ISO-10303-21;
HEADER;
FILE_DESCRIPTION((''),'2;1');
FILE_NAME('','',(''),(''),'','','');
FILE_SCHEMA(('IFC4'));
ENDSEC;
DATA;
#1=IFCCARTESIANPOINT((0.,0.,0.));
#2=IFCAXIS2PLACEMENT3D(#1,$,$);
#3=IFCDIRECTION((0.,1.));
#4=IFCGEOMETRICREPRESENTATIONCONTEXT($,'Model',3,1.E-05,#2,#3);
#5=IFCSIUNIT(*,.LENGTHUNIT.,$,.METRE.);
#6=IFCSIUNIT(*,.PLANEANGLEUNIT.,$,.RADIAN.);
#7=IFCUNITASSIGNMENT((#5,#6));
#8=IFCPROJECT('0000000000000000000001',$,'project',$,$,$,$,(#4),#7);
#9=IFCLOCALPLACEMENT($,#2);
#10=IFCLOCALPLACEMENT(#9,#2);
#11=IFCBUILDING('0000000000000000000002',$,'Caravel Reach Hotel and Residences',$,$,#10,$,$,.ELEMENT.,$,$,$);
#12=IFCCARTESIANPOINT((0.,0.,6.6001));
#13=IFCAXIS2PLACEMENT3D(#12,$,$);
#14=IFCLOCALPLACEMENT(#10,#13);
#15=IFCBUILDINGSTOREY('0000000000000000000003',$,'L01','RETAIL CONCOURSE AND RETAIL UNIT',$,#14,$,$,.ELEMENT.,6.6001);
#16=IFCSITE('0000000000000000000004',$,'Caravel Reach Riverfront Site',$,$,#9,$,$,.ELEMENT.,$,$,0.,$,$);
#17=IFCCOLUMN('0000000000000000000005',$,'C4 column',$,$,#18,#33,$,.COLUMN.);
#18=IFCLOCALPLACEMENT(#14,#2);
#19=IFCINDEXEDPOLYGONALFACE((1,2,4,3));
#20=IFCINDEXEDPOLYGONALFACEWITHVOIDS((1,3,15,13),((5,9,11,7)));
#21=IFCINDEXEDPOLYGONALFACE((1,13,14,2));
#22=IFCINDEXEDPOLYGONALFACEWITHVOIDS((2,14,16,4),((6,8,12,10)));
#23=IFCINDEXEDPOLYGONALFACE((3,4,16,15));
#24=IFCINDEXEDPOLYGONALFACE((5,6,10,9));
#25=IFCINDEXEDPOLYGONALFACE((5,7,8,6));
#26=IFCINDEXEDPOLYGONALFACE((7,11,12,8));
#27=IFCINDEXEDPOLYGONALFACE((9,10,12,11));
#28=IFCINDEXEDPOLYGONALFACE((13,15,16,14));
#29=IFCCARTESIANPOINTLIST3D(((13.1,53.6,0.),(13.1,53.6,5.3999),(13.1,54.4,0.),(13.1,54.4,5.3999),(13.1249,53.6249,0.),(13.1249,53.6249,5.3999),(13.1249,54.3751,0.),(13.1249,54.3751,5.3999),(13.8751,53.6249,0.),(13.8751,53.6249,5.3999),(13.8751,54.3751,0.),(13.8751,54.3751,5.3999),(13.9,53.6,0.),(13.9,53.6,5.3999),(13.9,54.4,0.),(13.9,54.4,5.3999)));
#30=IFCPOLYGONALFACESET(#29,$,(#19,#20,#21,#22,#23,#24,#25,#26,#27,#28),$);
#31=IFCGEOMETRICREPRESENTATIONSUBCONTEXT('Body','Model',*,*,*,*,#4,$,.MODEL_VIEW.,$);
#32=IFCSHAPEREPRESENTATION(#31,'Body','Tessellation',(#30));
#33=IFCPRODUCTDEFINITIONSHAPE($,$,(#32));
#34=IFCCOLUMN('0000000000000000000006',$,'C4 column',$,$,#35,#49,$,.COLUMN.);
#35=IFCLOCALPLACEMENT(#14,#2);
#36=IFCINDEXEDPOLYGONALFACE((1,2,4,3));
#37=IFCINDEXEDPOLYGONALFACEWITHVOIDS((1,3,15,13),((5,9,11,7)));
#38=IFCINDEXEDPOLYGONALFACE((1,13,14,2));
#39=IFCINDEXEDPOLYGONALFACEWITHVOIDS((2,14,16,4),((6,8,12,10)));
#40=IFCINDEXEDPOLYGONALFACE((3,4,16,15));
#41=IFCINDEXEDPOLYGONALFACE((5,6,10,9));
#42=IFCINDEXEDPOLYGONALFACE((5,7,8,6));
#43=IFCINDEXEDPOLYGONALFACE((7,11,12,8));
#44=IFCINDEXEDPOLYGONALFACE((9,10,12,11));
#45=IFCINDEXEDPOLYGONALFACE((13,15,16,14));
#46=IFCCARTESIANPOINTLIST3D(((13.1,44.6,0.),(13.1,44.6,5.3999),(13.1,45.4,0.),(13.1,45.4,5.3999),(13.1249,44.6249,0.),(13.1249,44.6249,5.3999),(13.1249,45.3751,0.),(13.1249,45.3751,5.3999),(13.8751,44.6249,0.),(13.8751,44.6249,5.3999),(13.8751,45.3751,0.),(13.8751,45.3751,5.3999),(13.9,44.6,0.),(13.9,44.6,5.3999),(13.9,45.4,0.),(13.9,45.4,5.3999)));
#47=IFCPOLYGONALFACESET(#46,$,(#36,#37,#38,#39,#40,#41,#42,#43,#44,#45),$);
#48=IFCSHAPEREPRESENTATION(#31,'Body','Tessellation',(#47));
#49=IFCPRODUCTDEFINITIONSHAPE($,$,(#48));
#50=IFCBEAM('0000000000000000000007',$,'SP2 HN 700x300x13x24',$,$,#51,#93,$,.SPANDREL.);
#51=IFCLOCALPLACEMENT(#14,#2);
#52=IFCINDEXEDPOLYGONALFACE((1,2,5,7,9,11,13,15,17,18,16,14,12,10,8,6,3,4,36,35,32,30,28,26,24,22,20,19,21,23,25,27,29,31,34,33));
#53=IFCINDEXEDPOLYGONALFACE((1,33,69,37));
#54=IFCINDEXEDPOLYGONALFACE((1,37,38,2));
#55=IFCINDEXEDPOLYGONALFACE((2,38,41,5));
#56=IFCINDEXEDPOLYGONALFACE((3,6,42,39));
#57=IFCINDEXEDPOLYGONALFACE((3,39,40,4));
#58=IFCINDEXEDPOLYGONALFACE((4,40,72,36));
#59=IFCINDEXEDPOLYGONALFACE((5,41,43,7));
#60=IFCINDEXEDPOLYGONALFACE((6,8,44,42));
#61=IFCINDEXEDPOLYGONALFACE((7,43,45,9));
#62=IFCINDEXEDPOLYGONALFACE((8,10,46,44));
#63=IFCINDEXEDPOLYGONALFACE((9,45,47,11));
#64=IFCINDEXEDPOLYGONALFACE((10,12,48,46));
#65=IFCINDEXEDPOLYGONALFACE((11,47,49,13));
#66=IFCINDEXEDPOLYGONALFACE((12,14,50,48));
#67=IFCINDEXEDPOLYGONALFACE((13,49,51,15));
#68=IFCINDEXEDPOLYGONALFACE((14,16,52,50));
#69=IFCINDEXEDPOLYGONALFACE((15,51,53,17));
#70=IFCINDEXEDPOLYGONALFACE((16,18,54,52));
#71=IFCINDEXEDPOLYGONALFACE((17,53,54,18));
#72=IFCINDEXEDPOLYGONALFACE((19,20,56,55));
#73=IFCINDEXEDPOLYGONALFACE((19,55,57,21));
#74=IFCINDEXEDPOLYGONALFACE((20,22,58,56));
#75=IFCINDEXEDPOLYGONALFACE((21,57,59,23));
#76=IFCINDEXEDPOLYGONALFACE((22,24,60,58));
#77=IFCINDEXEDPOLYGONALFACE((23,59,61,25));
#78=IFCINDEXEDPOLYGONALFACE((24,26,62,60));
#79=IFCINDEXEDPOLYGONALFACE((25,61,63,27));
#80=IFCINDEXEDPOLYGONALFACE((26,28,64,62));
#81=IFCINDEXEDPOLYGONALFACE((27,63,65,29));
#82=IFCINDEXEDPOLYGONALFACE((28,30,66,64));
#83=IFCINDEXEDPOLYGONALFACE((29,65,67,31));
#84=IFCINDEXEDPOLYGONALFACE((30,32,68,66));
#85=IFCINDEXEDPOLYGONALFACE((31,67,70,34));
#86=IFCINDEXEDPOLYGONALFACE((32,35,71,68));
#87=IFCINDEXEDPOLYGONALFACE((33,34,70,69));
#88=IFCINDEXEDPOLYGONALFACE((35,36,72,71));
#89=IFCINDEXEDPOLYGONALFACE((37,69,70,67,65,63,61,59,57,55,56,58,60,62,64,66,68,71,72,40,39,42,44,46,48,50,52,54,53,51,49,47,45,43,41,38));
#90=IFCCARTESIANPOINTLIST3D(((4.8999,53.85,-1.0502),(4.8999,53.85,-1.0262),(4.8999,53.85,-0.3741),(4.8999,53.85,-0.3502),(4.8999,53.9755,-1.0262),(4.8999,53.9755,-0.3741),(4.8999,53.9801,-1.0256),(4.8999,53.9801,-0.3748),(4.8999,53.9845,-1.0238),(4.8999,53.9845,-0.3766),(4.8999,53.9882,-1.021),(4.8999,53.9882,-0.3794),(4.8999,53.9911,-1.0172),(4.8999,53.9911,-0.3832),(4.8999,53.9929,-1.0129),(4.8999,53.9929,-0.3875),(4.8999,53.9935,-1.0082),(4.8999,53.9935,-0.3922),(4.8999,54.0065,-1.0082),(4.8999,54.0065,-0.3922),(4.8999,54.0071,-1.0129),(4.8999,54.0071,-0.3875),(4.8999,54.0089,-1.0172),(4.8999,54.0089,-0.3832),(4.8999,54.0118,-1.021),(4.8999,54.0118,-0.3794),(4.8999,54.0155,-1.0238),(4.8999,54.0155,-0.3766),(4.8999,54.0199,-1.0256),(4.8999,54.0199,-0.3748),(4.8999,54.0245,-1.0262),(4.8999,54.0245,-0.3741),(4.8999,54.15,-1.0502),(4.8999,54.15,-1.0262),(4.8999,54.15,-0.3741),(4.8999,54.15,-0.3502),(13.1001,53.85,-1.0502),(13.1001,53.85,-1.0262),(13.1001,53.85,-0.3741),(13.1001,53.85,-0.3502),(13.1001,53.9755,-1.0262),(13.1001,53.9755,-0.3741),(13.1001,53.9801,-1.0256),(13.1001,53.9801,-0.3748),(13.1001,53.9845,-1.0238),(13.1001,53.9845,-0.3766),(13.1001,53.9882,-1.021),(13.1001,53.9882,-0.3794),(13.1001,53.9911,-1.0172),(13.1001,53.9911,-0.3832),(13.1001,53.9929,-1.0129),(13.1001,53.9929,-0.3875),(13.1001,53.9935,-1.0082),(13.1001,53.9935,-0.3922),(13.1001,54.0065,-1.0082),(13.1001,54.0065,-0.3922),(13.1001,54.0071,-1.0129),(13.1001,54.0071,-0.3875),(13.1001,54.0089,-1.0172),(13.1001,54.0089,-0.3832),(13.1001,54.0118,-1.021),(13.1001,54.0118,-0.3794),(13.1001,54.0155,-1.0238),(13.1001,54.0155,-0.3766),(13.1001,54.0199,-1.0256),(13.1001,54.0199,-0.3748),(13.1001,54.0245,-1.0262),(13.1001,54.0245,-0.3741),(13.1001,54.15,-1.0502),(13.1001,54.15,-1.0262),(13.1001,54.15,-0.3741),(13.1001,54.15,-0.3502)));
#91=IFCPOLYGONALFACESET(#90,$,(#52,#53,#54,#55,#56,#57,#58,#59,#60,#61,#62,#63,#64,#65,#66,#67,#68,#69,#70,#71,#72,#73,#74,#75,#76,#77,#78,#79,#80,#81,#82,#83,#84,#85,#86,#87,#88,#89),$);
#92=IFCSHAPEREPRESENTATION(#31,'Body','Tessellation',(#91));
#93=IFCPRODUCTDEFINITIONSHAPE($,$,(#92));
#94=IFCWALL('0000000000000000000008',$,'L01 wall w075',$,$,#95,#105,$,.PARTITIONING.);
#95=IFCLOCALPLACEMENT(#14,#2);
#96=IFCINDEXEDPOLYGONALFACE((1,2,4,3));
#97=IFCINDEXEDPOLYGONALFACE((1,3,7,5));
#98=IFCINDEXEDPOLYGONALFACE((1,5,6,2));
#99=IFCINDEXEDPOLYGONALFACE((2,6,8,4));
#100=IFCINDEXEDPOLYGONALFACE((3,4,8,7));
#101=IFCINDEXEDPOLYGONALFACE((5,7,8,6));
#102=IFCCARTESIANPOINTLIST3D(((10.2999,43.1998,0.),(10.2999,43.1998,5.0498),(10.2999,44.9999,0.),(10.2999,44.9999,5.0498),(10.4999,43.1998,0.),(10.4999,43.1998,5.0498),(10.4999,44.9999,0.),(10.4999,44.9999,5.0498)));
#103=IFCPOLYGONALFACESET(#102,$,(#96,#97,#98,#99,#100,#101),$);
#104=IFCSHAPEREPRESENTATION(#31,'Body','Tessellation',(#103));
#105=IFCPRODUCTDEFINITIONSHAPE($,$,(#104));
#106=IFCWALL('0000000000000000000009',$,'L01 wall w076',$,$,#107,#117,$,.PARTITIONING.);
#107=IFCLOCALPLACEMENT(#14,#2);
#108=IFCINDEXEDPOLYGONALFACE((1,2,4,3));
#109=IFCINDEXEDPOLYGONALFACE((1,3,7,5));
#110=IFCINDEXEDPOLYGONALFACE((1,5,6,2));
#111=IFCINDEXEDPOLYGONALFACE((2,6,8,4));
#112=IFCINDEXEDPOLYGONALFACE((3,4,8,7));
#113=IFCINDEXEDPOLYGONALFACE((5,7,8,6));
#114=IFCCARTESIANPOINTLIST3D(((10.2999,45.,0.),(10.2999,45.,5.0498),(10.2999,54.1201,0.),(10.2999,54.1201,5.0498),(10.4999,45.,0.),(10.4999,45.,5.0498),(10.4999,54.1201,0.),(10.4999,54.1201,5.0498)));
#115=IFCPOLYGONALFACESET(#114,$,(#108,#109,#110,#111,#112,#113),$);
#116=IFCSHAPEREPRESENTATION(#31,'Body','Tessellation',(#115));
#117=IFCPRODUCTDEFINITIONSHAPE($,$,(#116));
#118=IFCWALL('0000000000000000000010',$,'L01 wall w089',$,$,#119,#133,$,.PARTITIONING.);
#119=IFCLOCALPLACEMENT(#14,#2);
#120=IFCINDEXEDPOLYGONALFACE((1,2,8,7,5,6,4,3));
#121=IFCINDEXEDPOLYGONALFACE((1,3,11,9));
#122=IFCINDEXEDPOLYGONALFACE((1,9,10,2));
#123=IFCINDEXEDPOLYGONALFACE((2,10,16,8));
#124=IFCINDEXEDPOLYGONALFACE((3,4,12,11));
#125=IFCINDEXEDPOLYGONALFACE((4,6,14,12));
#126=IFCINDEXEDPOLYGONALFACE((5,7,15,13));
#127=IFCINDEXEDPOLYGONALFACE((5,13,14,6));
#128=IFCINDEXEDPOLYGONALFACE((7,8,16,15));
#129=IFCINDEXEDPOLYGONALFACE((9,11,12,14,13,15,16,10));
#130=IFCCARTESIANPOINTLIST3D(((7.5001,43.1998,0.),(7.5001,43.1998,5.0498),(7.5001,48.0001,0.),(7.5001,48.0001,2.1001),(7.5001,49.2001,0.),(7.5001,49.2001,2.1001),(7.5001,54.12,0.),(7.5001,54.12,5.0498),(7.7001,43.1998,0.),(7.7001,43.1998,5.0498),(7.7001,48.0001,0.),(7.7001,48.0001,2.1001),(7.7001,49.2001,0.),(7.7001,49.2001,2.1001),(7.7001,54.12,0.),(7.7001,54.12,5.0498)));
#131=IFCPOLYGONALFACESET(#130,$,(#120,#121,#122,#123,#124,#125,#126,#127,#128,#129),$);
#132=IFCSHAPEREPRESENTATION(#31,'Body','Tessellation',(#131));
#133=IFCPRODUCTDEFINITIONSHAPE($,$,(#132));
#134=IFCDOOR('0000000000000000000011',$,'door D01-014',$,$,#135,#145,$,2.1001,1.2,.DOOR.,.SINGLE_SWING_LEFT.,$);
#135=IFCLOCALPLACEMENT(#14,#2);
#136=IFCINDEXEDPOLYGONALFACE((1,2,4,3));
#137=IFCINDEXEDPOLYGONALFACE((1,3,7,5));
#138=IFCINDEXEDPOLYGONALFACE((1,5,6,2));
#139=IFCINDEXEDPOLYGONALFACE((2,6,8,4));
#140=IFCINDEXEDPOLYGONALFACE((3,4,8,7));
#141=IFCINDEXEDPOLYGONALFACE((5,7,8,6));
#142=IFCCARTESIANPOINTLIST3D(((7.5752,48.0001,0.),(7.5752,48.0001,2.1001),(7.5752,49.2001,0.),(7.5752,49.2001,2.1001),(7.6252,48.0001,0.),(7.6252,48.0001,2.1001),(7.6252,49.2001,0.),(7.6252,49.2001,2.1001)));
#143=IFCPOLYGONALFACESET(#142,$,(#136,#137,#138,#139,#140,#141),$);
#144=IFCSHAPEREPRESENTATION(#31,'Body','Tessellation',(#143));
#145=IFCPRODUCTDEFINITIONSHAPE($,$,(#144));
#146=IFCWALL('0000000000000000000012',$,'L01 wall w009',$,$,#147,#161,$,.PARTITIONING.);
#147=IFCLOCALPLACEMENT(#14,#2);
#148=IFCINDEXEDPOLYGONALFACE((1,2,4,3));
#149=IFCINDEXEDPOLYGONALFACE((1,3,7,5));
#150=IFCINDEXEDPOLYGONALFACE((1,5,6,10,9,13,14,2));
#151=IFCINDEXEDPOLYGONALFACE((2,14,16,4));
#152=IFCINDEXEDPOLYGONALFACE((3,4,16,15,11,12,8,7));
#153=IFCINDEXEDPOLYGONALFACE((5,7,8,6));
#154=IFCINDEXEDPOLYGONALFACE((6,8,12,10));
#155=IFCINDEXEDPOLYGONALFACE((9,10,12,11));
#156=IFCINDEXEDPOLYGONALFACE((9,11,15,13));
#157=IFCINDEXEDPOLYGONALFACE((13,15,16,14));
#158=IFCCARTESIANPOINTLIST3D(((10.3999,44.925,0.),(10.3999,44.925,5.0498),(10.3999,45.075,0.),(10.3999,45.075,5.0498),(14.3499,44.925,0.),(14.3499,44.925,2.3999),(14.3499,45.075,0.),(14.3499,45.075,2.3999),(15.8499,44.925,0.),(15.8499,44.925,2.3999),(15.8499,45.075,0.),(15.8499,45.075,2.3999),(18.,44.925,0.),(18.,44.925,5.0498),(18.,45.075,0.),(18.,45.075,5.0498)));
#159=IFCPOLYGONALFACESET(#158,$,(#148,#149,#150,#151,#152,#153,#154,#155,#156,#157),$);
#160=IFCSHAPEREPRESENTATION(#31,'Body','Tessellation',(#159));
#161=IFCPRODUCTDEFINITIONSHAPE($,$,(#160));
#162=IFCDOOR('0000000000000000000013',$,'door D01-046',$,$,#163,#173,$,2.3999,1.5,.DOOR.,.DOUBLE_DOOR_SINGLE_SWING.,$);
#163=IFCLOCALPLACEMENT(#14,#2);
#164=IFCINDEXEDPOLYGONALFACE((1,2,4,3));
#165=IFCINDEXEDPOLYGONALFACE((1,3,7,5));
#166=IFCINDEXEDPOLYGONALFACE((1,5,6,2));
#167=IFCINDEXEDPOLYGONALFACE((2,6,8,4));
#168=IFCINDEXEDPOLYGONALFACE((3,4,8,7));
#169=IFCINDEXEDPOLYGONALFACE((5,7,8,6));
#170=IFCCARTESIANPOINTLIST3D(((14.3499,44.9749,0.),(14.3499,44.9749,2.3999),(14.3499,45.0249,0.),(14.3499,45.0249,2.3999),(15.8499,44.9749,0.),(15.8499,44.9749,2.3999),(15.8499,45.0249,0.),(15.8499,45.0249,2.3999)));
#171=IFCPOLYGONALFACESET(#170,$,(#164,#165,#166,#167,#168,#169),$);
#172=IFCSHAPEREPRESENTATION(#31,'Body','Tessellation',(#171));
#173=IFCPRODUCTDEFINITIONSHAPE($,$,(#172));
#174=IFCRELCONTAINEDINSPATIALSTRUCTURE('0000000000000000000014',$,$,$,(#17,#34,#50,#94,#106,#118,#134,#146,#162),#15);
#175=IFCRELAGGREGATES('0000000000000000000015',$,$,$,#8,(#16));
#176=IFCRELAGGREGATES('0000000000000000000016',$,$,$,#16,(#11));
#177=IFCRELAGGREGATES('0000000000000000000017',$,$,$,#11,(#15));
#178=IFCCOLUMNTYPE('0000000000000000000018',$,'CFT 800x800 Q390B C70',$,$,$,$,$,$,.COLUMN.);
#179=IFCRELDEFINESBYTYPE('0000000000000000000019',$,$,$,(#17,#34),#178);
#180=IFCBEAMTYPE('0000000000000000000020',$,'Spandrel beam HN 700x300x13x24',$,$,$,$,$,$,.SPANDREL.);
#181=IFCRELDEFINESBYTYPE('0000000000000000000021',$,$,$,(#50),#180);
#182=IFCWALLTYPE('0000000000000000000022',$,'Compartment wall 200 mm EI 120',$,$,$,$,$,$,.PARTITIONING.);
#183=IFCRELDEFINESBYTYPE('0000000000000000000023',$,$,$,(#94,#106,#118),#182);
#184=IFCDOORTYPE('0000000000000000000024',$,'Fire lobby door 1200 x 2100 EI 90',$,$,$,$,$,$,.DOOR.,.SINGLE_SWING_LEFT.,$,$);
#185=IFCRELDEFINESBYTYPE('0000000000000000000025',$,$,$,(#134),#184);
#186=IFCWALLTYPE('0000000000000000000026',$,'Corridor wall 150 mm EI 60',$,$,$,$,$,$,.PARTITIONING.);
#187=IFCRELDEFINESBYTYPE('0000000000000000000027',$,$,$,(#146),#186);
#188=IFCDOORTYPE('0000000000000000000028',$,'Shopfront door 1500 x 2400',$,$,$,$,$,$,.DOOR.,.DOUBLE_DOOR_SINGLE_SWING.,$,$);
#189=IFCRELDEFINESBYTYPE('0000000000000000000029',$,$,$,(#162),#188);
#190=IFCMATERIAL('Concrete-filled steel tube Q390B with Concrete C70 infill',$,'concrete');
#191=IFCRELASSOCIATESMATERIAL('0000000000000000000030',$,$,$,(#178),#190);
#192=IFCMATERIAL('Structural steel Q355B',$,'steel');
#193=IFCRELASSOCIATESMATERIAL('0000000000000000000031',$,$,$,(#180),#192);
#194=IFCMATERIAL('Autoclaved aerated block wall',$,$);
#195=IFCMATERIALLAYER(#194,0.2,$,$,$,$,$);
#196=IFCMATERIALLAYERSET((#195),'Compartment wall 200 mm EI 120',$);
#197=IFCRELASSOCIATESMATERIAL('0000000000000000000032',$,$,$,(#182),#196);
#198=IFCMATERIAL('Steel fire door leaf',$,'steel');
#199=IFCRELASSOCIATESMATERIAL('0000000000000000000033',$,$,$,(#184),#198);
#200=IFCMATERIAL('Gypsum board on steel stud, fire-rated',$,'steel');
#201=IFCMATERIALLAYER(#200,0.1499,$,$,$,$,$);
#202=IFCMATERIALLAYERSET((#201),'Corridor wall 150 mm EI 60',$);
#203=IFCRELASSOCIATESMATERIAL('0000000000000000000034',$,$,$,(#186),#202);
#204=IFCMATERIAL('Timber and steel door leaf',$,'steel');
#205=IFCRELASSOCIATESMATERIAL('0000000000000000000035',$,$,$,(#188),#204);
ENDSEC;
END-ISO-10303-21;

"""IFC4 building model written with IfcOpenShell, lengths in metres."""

from ifc_helpers import new_model, si_unit, direction, frame, frame_2d, origin, origin_2d, place, context, subcontext, project, spatial, rectangle, hollow_rectangle, i_section, extrude, material, layer, layer_set, material_profile, profile_set, type_object, element, fill, save


model = new_model("IFC4")

# Units and contexts
model_context = context("Model", 3, precision=1e-05, world=origin(), true_north=direction((0.0, 1.0)))
body_context = subcontext(model_context, "Body", "Model", "MODEL_VIEW")
ifc_project = project(units=[si_unit("LENGTHUNIT", "METRE"), si_unit("PLANEANGLEUNIT", "RADIAN")], contexts=[model_context])

# Site, building, storey
site_placement = place(None, origin())
site = spatial("IfcSite", under=ifc_project, at=site_placement, Name="Caravel Reach Riverfront Site", CompositionType="ELEMENT", RefElevation=0.0)
building_placement = place(site_placement, origin())
building = spatial("IfcBuilding", under=site, at=building_placement, Name="Caravel Reach Hotel and Residences", CompositionType="ELEMENT")
storey_placement = place(building_placement, frame((0.0, 0.0, 6.6001)))
storey = spatial("IfcBuildingStorey", under=building, at=storey_placement, Name="L01", Description="RETAIL CONCOURSE AND RETAIL UNIT", CompositionType="ELEMENT", Elevation=6.6001)

# Columns
ifc_material_1 = material(Name="Concrete-filled steel tube Q390B with Concrete C70 infill", Category="concrete")
ifc_material_profile_1 = material_profile(ifc_material_1, hollow_rectangle(XDim=0.8, YDim=0.8, WallThickness=0.0249, at=origin_2d()), Name="RHS 800x800x25")
ifc_profile_set_1 = profile_set([ifc_material_profile_1], Name="Concrete-filled steel tube Q390B with Concrete C70 infill")
column_type = type_object("IfcColumnType", Name="CFT 800x800 Q390B C70", PredefinedType="COLUMN", material=ifc_profile_set_1)
for number, where, z_axis, x_axis, name in (
    (1, (13.5, 54.0, 0.0), (0.0, 0.0, 1.0), (1.0, 0.0, 0.0), "C4 column"),
    (2, (13.5, 45.0, 0.0), (0.0, 0.0, 1.0), (1.0, 0.0, 0.0), "C4 column"),
):
    element("IfcColumn", number, at=place(storey_placement, frame(where, z_axis=z_axis, x_axis=x_axis)), inside=storey, type_object=column_type, Name=name, PredefinedType="COLUMN", context=body_context, shape_type="SweptSolid", body=[
        extrude(hollow_rectangle(XDim=0.8, YDim=0.8, WallThickness=0.0249, at=origin_2d()), origin(), (0.0, 0.0, 1.0), 5.3999),
    ])

# Beam
ifc_material_2 = material(Name="Structural steel Q355B", Category="steel")
ifc_material_profile_2 = material_profile(ifc_material_2, i_section(OverallWidth=0.3, OverallDepth=0.7, WebThickness=0.0129, FlangeThickness=0.0239, FilletRadius=0.0181, at=origin_2d()), Name="HN 700x300x13x24")
ifc_profile_set_2 = profile_set([ifc_material_profile_2], Name="Structural steel Q355B")
beam_type = type_object("IfcBeamType", Name="Spandrel beam HN 700x300x13x24", PredefinedType="SPANDREL", material=ifc_profile_set_2)
beam_placement = place(storey_placement, frame((13.1001, 54.0, -0.7002), z_axis=(-1.0, 0.0, 0.0), x_axis=(0.0, -1.0, 0.0)))
element("IfcBeam", 3, at=beam_placement, inside=storey, type_object=beam_type, Name="SP2 HN 700x300x13x24", PredefinedType="SPANDREL", context=body_context, shape_type="SweptSolid", body=[
    extrude(i_section(OverallWidth=0.3, OverallDepth=0.7, WebThickness=0.0129, FlangeThickness=0.0239, FilletRadius=0.0181, at=origin_2d()), origin(), (0.0, 0.0, 1.0), 8.2002),
])

# Walls
ifc_material_3 = material(Name="Autoclaved aerated block wall")
ifc_layer_1 = layer(ifc_material_3, 0.2)
ifc_layer_set_1 = layer_set([ifc_layer_1], Name="Compartment wall 200 mm EI 120")
wall_type_1 = type_object("IfcWallType", Name="Compartment wall 200 mm EI 120", PredefinedType="PARTITIONING", material=ifc_layer_set_1)
wall_1_placement = place(storey_placement, frame((10.3999, 43.2, 0.0), z_axis=(0.0, 0.0, 1.0), x_axis=(0.0, 1.0, 0.0)))
element("IfcWall", 4, at=wall_1_placement, inside=storey, type_object=wall_type_1, Name="L01 wall w075", PredefinedType="PARTITIONING", context=body_context, shape_type="SweptSolid", body=[
    extrude(rectangle(XDim=1.8, YDim=0.2, at=frame_2d((0.8999, 0.0))), origin(), (0.0, 0.0, 1.0), 5.0498),
])
wall_2_placement = place(storey_placement, frame((10.3999, 45.0, 0.0), z_axis=(0.0, 0.0, 1.0), x_axis=(0.0, 1.0, 0.0)))
element("IfcWall", 5, at=wall_2_placement, inside=storey, type_object=wall_type_1, Name="L01 wall w076", PredefinedType="PARTITIONING", context=body_context, shape_type="SweptSolid", body=[
    extrude(rectangle(XDim=9.1201, YDim=0.2, at=frame_2d((4.5601, 0.0))), origin(), (0.0, 0.0, 1.0), 5.0498),
])

# Walls, openings, doors
wall_3_placement = place(storey_placement, frame((7.6001, 43.2, 0.0), z_axis=(0.0, 0.0, 1.0), x_axis=(0.0, 1.0, 0.0)))
wall_3 = element("IfcWall", 6, at=wall_3_placement, inside=storey, type_object=wall_type_1, Name="L01 wall w089", PredefinedType="PARTITIONING", context=body_context, shape_type="SweptSolid", body=[
    extrude(rectangle(XDim=10.9202, YDim=0.2, at=frame_2d((5.46, 0.0))), origin(), (0.0, 0.0, 1.0), 5.0498),
])
opening_1_placement = place(wall_3_placement, frame((4.8, 0.0, 0.0)))
opening_1 = element("IfcOpeningElement", 7, at=opening_1_placement, cuts=wall_3, PredefinedType="OPENING", context=body_context, shape_type="SweptSolid", body=[
    extrude(rectangle(XDim=1.2, YDim=2.1001, at=frame_2d((0.6001, 1.05))), frame((0.0, 0.1099, 0.0), z_axis=(0.0, -1.0, 0.0), x_axis=(1.0, 0.0, 0.0)), (0.0, 0.0, 1.0), 0.22),
])
ifc_material_4 = material(Name="Steel fire door leaf", Category="steel")
door_type_1 = type_object("IfcDoorType", Name="Fire lobby door 1200 x 2100 EI 90", OperationType="SINGLE_SWING_LEFT", PredefinedType="DOOR", material=ifc_material_4)
door_1_placement = place(opening_1_placement, origin())
door_1 = element("IfcDoor", 8, at=door_1_placement, inside=storey, type_object=door_type_1, Name="door D01-014", OperationType="SINGLE_SWING_LEFT", OverallHeight=2.1001, OverallWidth=1.2, PredefinedType="DOOR", context=body_context, shape_type="SweptSolid", body=[
    extrude(rectangle(XDim=1.2, YDim=2.1001, at=frame_2d((0.6001, 1.05))), frame((0.0, 0.0249, 0.0), z_axis=(0.0, -1.0, 0.0), x_axis=(1.0, 0.0, 0.0)), (0.0, 0.0, 1.0), 0.05),
])
fill(opening_1, door_1)
ifc_material_5 = material(Name="Gypsum board on steel stud, fire-rated", Category="steel")
ifc_layer_2 = layer(ifc_material_5, 0.1499)
ifc_layer_set_2 = layer_set([ifc_layer_2], Name="Corridor wall 150 mm EI 60")
wall_type_2 = type_object("IfcWallType", Name="Corridor wall 150 mm EI 60", PredefinedType="PARTITIONING", material=ifc_layer_set_2)
wall_4_placement = place(storey_placement, frame((10.3999, 45.0, 0.0), z_axis=(0.0, 0.0, 1.0), x_axis=(1.0, 0.0, 0.0)))
wall_4 = element("IfcWall", 9, at=wall_4_placement, inside=storey, type_object=wall_type_2, Name="L01 wall w009", PredefinedType="PARTITIONING", context=body_context, shape_type="SweptSolid", body=[
    extrude(rectangle(XDim=7.6001, YDim=0.1499, at=frame_2d((3.8, 0.0))), origin(), (0.0, 0.0, 1.0), 5.0498),
])
opening_2_placement = place(wall_4_placement, frame((3.95, 0.0, 0.0)))
opening_2 = element("IfcOpeningElement", 10, at=opening_2_placement, cuts=wall_4, PredefinedType="OPENING", context=body_context, shape_type="SweptSolid", body=[
    extrude(rectangle(XDim=1.5, YDim=2.3999, at=frame_2d((0.75, 1.2))), frame((0.0, 0.085, 0.0), z_axis=(0.0, -1.0, 0.0), x_axis=(1.0, 0.0, 0.0)), (0.0, 0.0, 1.0), 0.1699),
])
ifc_material_6 = material(Name="Timber and steel door leaf", Category="steel")
door_type_2 = type_object("IfcDoorType", Name="Shopfront door 1500 x 2400", OperationType="DOUBLE_DOOR_SINGLE_SWING", PredefinedType="DOOR", material=ifc_material_6)
door_2_placement = place(opening_2_placement, origin())
door_2 = element("IfcDoor", 11, at=door_2_placement, inside=storey, type_object=door_type_2, Name="door D01-046", OperationType="DOUBLE_DOOR_SINGLE_SWING", OverallHeight=2.3999, OverallWidth=1.5, PredefinedType="DOOR", context=body_context, shape_type="SweptSolid", body=[
    extrude(rectangle(XDim=1.5, YDim=2.3999, at=frame_2d((0.75, 1.2))), frame((0.0, 0.0249, 0.0), z_axis=(0.0, -1.0, 0.0), x_axis=(1.0, 0.0, 0.0)), (0.0, 0.0, 1.0), 0.05),
])
fill(opening_2, door_2)

save(model, "model.ifc")
